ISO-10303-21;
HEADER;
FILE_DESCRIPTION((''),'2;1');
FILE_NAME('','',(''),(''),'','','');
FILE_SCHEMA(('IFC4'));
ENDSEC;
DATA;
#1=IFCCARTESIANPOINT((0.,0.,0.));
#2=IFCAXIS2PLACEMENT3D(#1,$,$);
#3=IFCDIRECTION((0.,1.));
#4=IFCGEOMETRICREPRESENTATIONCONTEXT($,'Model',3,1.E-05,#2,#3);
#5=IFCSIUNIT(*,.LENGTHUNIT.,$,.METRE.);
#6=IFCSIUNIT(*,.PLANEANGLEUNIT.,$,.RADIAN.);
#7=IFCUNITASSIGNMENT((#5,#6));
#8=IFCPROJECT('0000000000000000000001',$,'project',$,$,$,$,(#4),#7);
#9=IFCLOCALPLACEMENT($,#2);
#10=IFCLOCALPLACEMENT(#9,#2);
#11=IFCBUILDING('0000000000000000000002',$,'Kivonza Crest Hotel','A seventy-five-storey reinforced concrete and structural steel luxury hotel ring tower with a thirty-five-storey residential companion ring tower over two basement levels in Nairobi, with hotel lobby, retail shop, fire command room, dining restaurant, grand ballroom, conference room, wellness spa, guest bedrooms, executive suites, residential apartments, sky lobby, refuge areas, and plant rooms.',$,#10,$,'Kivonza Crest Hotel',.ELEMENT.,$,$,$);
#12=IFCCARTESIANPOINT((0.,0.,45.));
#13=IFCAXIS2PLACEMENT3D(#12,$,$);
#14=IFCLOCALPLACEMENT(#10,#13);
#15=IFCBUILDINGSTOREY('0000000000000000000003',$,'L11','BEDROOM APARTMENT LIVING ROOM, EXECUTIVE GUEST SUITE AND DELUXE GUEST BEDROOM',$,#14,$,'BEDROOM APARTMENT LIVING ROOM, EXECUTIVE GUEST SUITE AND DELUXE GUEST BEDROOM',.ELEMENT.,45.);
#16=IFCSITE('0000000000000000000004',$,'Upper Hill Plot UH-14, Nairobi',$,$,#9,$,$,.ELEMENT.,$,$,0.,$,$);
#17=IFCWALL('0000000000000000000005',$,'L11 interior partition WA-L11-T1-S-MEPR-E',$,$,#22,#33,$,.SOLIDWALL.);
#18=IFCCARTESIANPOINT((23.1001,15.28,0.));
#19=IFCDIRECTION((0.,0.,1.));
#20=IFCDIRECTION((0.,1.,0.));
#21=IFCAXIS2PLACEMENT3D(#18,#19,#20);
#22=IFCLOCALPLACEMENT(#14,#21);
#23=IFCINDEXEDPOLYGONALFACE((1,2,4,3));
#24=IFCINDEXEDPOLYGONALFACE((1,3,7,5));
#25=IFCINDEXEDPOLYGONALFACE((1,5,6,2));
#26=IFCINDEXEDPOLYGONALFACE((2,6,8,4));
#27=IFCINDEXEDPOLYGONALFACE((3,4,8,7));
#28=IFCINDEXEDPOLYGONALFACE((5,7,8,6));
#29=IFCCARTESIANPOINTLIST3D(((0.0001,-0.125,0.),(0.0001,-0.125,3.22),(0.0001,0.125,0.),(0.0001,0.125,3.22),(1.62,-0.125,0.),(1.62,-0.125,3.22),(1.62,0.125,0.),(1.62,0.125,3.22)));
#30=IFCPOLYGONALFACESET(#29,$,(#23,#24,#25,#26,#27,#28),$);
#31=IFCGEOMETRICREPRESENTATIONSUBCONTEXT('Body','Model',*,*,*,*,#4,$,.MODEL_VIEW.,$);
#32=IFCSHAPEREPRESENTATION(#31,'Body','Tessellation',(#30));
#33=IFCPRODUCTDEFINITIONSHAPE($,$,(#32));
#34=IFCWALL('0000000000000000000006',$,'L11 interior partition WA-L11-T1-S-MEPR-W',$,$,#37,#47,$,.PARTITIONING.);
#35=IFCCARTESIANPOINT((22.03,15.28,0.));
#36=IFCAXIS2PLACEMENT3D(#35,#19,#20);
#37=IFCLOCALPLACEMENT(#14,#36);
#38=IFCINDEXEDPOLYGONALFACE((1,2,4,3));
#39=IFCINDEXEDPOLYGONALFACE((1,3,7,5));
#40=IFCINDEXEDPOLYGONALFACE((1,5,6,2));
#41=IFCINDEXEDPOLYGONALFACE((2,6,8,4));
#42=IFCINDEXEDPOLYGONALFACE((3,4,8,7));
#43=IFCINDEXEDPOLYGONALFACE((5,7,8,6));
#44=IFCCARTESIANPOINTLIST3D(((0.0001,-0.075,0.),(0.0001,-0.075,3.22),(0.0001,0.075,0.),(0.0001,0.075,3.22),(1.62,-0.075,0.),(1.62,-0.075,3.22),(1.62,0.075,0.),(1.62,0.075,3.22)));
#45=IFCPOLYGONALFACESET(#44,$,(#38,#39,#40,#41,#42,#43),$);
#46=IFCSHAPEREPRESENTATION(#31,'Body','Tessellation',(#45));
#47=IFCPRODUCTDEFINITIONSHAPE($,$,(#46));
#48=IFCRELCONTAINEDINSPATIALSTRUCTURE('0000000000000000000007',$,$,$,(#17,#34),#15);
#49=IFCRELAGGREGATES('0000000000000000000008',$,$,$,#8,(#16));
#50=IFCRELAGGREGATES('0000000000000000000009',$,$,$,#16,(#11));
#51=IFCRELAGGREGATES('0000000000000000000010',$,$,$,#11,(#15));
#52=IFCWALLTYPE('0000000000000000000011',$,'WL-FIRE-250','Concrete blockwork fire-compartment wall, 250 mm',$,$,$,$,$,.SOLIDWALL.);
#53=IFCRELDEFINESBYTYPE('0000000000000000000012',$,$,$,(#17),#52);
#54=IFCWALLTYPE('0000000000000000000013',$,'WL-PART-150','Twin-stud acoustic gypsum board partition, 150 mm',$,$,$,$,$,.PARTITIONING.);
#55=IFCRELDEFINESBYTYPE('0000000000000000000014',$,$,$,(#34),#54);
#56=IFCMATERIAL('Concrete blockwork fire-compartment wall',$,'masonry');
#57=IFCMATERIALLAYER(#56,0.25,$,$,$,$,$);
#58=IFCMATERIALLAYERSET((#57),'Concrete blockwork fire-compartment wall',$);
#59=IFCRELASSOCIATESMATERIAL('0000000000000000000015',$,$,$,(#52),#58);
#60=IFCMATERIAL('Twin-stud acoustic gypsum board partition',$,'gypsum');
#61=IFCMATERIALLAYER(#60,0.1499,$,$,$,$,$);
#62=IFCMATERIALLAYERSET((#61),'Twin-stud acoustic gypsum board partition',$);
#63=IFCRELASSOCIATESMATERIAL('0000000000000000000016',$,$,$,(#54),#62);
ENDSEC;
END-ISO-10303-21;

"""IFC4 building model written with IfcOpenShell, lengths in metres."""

from ifc_helpers import new_model, si_unit, direction, frame, frame_2d, origin, place, context, subcontext, project, spatial, rectangle, extrude, material, layer, layer_set, type_object, element, save


model = new_model("IFC4")

# Units and contexts
model_context = context("Model", 3, precision=1e-05, world=origin(), true_north=direction((0.0, 1.0)))
body_context = subcontext(model_context, "Body", "Model", "MODEL_VIEW")
ifc_project = project(units=[si_unit("LENGTHUNIT", "METRE"), si_unit("PLANEANGLEUNIT", "RADIAN")], contexts=[model_context])

# Site, building, storey
site_placement = place(None, origin())
site = spatial("IfcSite", under=ifc_project, at=site_placement, Name="Upper Hill Plot UH-14, Nairobi", CompositionType="ELEMENT", RefElevation=0.0)
building_placement = place(site_placement, origin())
building = spatial("IfcBuilding", under=site, at=building_placement, Name="Kivonza Crest Hotel", Description="A seventy-five-storey reinforced concrete and structural steel luxury hotel ring tower with a thirty-five-storey residential companion ring tower over two basement levels in Nairobi, with hotel lobby, retail shop, fire command room, dining restaurant, grand ballroom, conference room, wellness spa, guest bedrooms, executive suites, residential apartments, sky lobby, refuge areas, and plant rooms.", LongName="Kivonza Crest Hotel", CompositionType="ELEMENT")
storey_placement = place(building_placement, frame((0.0, 0.0, 45.0)))
storey = spatial("IfcBuildingStorey", under=building, at=storey_placement, Name="L11", Description="BEDROOM APARTMENT LIVING ROOM, EXECUTIVE GUEST SUITE AND DELUXE GUEST BEDROOM", LongName="BEDROOM APARTMENT LIVING ROOM, EXECUTIVE GUEST SUITE AND DELUXE GUEST BEDROOM", CompositionType="ELEMENT", Elevation=45.0)

# Walls
ifc_material_1 = material(Name="Concrete blockwork fire-compartment wall", Category="masonry")
ifc_layer_1 = layer(ifc_material_1, 0.25)
ifc_layer_set_1 = layer_set([ifc_layer_1], Name="Concrete blockwork fire-compartment wall")
wall_type_1 = type_object("IfcWallType", Name="WL-FIRE-250", Description="Concrete blockwork fire-compartment wall, 250 mm", PredefinedType="SOLIDWALL", material=ifc_layer_set_1)
wall_1_placement = place(storey_placement, frame((23.1001, 15.28, 0.0), z_axis=(0.0, 0.0, 1.0), x_axis=(0.0, 1.0, 0.0)))
element("IfcWall", 1, at=wall_1_placement, inside=storey, type_object=wall_type_1, Name="L11 interior partition WA-L11-T1-S-MEPR-E", PredefinedType="SOLIDWALL", context=body_context, shape_type="SweptSolid", body=[
    extrude(rectangle(XDim=1.6199, YDim=0.25, at=frame_2d((0.8101, 0.0))), origin(), (0.0, 0.0, 1.0), 3.22),
])
ifc_material_2 = material(Name="Twin-stud acoustic gypsum board partition", Category="gypsum")
ifc_layer_2 = layer(ifc_material_2, 0.1499)
ifc_layer_set_2 = layer_set([ifc_layer_2], Name="Twin-stud acoustic gypsum board partition")
wall_type_2 = type_object("IfcWallType", Name="WL-PART-150", Description="Twin-stud acoustic gypsum board partition, 150 mm", PredefinedType="PARTITIONING", material=ifc_layer_set_2)
wall_2_placement = place(storey_placement, frame((22.03, 15.28, 0.0), z_axis=(0.0, 0.0, 1.0), x_axis=(0.0, 1.0, 0.0)))
element("IfcWall", 2, at=wall_2_placement, inside=storey, type_object=wall_type_2, Name="L11 interior partition WA-L11-T1-S-MEPR-W", PredefinedType="PARTITIONING", context=body_context, shape_type="SweptSolid", body=[
    extrude(rectangle(XDim=1.6199, YDim=0.1499, at=frame_2d((0.8101, 0.0))), origin(), (0.0, 0.0, 1.0), 3.22),
])

save(model, "model.ifc")
